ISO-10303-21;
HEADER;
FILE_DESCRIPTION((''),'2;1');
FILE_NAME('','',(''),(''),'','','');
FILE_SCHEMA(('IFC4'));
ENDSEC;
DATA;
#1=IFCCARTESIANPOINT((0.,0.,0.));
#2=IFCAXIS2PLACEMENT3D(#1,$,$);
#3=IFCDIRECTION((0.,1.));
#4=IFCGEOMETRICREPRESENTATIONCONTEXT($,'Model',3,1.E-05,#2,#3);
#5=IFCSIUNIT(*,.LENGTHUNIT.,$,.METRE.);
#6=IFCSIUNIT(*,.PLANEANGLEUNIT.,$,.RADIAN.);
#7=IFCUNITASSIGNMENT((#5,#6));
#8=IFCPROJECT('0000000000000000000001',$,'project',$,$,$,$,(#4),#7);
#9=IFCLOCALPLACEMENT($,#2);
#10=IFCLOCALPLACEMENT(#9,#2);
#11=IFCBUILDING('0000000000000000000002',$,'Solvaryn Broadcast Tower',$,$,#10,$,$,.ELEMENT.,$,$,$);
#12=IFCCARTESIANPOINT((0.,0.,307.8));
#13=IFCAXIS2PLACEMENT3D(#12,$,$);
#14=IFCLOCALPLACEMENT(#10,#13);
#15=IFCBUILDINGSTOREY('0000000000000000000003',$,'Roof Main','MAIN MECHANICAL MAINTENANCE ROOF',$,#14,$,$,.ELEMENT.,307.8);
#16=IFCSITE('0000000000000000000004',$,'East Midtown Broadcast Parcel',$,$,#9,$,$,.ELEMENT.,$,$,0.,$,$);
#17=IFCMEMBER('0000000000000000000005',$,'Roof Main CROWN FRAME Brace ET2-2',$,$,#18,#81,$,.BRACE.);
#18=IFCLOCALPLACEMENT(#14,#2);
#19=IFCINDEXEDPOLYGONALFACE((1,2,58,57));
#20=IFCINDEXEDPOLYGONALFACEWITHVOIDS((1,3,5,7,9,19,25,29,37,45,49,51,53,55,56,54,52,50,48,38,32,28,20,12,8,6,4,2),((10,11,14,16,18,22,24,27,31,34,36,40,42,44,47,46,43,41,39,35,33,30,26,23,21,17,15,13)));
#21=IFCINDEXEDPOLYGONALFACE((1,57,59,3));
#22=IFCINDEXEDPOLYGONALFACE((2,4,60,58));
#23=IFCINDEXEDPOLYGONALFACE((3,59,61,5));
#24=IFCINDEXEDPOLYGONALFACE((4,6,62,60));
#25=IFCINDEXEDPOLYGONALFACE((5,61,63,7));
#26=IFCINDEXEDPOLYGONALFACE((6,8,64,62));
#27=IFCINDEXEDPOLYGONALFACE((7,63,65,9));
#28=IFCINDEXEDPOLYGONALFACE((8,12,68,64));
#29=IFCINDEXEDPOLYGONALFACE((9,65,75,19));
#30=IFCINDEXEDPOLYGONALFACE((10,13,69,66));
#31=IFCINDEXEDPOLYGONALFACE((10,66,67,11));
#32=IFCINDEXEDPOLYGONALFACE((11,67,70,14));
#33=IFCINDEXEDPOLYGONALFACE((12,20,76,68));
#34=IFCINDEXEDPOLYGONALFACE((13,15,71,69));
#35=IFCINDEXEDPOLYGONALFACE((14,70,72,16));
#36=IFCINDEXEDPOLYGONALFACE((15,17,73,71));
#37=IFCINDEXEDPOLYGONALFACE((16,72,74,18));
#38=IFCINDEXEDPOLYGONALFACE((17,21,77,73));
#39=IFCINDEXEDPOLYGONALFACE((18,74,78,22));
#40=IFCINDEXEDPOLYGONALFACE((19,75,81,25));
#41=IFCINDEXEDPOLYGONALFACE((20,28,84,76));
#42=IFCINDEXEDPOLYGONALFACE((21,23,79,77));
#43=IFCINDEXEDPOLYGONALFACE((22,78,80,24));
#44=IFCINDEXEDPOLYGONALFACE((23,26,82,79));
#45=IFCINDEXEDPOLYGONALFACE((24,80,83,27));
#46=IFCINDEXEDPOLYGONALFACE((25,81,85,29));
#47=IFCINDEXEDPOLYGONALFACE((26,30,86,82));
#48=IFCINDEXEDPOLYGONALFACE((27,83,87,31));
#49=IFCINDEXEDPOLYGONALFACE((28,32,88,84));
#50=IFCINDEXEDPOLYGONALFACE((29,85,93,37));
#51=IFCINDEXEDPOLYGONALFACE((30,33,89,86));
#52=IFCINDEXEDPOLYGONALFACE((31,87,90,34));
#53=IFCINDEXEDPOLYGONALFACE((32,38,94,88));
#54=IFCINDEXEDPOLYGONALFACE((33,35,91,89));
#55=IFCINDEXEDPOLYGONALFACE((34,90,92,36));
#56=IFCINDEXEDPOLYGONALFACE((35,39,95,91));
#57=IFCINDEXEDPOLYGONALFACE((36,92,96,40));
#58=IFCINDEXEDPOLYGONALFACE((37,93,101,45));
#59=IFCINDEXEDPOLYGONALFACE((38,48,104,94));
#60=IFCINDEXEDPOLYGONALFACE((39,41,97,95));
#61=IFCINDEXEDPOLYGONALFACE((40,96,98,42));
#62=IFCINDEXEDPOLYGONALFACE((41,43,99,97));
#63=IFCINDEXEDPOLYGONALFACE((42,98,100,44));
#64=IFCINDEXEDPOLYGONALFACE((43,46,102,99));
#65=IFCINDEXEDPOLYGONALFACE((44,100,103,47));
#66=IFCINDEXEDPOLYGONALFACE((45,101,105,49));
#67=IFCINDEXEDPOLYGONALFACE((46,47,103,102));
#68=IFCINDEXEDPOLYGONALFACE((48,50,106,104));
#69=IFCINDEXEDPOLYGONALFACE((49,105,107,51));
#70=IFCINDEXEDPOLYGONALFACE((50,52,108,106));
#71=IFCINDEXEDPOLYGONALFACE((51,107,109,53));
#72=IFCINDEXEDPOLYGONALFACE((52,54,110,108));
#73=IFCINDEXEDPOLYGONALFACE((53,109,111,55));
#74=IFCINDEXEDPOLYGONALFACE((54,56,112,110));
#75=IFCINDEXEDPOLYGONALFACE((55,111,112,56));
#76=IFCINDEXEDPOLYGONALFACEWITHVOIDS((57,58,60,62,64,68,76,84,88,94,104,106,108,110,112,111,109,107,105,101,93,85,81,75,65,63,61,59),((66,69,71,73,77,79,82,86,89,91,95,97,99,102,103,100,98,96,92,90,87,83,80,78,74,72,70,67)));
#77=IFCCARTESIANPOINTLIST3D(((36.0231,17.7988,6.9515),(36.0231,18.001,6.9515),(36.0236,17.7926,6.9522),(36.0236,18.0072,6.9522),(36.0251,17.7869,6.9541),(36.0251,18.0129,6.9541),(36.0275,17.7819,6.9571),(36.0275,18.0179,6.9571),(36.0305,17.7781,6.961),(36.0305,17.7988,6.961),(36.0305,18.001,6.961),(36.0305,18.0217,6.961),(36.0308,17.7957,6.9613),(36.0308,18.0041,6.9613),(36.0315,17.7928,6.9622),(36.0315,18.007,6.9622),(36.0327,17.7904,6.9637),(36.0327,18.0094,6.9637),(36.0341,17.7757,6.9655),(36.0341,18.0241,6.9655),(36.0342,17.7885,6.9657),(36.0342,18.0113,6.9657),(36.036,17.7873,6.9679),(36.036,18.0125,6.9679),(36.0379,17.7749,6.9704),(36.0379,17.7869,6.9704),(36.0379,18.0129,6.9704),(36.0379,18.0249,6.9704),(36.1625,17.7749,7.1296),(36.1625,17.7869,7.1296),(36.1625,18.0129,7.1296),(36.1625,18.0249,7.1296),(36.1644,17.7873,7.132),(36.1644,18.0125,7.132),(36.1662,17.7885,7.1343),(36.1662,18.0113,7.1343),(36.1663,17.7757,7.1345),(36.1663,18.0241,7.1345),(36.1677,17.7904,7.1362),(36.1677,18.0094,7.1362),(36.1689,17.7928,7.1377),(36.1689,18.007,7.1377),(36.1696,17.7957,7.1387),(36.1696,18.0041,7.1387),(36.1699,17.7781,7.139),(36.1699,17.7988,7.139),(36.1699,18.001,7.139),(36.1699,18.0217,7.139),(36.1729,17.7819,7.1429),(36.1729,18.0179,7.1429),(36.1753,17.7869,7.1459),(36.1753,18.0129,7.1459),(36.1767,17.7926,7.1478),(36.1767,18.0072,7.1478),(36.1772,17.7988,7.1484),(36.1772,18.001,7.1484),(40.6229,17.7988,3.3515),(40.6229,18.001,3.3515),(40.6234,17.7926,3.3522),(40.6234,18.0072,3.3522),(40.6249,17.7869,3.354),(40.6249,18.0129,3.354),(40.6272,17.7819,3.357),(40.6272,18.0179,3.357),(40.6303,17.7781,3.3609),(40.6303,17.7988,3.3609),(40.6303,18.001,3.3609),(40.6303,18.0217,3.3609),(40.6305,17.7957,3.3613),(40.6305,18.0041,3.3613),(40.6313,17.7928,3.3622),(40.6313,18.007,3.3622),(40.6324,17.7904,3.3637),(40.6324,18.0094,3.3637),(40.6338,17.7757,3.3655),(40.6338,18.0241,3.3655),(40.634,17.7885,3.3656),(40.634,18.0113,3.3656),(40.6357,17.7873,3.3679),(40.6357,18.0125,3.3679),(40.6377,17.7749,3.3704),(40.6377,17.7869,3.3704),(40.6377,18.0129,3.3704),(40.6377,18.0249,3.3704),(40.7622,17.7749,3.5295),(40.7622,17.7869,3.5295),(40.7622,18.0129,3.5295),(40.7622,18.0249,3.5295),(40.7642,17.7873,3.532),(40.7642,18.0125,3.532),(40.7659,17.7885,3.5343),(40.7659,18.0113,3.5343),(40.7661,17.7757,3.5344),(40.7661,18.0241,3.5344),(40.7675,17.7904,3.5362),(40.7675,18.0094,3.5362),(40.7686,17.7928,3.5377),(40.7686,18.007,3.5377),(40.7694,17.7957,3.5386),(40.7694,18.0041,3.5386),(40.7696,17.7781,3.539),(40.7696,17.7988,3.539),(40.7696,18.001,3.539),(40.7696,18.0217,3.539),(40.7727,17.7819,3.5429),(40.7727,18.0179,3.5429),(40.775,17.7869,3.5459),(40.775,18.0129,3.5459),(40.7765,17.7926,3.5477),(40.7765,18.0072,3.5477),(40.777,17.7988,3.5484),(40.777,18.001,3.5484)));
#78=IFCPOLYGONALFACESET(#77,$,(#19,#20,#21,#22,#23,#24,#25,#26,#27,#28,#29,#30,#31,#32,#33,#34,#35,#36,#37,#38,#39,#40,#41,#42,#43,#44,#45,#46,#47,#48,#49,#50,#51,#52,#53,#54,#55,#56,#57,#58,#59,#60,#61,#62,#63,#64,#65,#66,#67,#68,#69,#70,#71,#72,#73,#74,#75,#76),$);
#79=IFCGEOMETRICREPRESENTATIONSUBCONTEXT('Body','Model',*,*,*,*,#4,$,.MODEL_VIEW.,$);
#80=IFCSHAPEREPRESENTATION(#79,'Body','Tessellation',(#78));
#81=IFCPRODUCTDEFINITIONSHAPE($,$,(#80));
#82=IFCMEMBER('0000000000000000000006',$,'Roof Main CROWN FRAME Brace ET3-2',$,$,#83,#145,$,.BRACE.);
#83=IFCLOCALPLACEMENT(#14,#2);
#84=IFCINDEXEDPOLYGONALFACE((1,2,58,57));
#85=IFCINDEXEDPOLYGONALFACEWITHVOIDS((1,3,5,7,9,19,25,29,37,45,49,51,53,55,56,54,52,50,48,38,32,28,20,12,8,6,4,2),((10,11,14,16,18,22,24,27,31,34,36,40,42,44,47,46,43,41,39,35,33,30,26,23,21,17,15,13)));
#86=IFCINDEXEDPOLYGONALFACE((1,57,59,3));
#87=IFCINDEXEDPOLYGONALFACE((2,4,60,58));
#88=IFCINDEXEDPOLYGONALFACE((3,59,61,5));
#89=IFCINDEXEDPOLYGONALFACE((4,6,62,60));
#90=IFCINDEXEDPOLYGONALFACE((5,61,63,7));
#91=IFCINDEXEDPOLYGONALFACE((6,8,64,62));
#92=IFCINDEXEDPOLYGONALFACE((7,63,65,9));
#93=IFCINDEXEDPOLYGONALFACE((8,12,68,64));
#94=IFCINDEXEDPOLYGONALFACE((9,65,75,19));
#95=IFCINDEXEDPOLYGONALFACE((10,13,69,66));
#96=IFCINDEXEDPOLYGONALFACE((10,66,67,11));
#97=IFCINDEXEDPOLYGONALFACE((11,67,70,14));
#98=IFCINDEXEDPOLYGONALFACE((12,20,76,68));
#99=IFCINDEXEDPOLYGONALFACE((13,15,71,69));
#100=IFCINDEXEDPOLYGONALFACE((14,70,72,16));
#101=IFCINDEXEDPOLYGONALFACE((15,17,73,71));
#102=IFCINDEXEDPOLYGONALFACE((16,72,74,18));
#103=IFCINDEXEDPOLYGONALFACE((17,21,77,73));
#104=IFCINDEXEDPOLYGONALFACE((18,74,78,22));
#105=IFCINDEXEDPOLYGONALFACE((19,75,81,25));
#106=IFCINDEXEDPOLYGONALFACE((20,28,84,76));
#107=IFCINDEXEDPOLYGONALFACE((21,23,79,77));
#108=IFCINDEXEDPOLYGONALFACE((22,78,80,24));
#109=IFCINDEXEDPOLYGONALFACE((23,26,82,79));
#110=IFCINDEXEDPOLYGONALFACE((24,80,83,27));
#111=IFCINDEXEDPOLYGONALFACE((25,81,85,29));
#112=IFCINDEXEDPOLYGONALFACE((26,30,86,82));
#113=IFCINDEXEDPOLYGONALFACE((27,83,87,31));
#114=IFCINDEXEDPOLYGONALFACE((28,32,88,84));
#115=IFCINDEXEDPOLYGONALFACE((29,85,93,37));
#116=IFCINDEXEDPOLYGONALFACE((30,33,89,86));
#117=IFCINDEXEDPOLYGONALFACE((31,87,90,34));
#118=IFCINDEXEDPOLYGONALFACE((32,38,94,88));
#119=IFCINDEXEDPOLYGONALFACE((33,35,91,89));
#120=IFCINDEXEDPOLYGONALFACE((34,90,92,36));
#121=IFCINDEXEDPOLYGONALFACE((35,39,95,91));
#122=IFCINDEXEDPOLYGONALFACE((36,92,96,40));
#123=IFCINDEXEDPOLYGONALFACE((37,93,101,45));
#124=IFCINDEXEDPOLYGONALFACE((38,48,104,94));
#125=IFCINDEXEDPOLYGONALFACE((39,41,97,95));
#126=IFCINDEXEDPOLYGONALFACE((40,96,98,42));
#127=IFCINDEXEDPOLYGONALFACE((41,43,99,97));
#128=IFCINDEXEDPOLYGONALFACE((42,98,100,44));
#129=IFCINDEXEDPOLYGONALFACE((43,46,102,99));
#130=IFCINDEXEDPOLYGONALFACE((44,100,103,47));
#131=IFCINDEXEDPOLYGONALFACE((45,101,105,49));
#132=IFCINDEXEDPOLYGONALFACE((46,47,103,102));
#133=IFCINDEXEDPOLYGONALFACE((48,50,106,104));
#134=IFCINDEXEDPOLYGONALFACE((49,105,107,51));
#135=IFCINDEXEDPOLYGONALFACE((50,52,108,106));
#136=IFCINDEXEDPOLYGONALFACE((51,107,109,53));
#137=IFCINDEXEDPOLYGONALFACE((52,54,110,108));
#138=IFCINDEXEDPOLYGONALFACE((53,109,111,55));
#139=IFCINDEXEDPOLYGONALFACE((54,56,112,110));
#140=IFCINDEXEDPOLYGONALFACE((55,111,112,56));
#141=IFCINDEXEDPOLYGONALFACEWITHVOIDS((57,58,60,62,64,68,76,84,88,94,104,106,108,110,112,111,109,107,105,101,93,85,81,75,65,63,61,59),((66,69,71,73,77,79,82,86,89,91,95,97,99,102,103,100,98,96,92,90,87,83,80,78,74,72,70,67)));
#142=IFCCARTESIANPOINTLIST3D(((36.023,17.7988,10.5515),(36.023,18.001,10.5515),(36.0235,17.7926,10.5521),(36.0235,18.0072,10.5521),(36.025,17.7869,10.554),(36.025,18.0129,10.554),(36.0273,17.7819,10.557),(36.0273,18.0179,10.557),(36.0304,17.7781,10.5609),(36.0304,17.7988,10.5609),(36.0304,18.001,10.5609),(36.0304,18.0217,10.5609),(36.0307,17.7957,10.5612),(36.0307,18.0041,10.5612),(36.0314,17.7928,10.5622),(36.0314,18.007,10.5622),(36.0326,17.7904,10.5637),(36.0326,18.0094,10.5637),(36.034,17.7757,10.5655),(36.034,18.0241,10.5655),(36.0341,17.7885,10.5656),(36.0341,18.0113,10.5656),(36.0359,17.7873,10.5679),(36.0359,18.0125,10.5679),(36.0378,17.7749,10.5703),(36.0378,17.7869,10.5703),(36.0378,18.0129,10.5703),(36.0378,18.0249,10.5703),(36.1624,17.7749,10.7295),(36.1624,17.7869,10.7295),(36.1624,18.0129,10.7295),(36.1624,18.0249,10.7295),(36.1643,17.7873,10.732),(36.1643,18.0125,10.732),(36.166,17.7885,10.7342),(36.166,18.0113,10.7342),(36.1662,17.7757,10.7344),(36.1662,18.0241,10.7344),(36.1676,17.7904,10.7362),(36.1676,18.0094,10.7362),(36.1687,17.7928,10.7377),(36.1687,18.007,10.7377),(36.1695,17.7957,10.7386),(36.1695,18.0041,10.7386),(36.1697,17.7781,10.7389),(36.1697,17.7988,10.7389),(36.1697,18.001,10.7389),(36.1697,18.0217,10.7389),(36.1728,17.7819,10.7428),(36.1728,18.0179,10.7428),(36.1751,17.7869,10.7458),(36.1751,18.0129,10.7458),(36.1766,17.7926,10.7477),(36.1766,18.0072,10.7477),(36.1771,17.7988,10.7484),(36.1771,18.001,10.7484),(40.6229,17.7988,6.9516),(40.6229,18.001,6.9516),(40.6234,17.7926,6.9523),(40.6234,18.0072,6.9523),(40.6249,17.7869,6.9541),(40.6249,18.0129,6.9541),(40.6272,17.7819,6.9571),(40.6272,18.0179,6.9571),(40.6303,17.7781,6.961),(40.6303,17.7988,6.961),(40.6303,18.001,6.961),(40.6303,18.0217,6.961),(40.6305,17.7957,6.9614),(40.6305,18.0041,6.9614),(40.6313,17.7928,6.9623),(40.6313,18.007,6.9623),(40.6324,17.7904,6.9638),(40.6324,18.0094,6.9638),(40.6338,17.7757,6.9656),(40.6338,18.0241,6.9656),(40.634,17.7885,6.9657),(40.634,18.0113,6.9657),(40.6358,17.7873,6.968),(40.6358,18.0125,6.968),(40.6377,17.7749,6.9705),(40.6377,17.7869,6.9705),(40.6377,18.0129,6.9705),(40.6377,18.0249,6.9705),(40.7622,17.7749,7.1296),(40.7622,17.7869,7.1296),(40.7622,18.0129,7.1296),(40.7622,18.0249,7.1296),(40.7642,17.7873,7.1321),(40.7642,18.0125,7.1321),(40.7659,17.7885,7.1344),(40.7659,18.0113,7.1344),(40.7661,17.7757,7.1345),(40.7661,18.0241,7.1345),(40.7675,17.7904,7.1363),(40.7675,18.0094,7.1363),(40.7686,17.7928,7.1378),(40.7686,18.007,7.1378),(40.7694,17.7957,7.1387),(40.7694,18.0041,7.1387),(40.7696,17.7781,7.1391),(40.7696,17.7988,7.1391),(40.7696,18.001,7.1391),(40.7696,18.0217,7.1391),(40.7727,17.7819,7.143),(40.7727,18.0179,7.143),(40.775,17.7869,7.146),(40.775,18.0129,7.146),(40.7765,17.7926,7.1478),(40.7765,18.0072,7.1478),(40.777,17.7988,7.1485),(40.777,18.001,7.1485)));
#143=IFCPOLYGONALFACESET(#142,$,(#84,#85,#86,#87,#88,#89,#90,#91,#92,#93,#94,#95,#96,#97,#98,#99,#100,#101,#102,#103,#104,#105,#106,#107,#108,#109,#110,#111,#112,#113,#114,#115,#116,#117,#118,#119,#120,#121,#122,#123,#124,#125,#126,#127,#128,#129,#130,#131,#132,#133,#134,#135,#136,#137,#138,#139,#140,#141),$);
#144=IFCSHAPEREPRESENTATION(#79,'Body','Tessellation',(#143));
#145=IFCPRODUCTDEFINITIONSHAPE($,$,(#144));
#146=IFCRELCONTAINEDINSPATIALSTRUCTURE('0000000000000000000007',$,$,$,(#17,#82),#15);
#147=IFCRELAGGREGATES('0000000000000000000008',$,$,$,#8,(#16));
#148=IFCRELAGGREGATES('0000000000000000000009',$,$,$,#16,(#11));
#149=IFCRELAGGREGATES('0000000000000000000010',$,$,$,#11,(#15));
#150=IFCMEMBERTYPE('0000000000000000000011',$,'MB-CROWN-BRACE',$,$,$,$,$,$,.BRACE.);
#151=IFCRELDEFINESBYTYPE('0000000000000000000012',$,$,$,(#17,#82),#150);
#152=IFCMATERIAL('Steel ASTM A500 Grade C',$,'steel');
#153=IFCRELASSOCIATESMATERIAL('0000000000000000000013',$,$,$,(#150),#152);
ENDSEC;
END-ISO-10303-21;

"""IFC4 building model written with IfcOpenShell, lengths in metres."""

from ifc_helpers import new_model, si_unit, direction, frame, origin, origin_2d, place, context, subcontext, project, spatial, hollow_rectangle, extrude, material, material_profile, profile_set, type_object, element, save


model = new_model("IFC4")

# Units and contexts
model_context = context("Model", 3, precision=1e-05, world=origin(), true_north=direction((0.0, 1.0)))
body_context = subcontext(model_context, "Body", "Model", "MODEL_VIEW")
ifc_project = project(units=[si_unit("LENGTHUNIT", "METRE"), si_unit("PLANEANGLEUNIT", "RADIAN")], contexts=[model_context])

# Site, building, storey
site_placement = place(None, origin())
site = spatial("IfcSite", under=ifc_project, at=site_placement, Name="East Midtown Broadcast Parcel", CompositionType="ELEMENT", RefElevation=0.0)
building_placement = place(site_placement, origin())
building = spatial("IfcBuilding", under=site, at=building_placement, Name="Solvaryn Broadcast Tower", CompositionType="ELEMENT")
storey_placement = place(building_placement, frame((0.0, 0.0, 307.8)))
storey = spatial("IfcBuildingStorey", under=building, at=storey_placement, Name="Roof Main", Description="MAIN MECHANICAL MAINTENANCE ROOF", CompositionType="ELEMENT", Elevation=307.8)

# Members
ifc_material_1 = material(Name="Steel ASTM A500 Grade C", Category="steel")
ifc_material_profile_1 = material_profile(ifc_material_1, hollow_rectangle(XDim=0.25, YDim=0.25, WallThickness=0.012, InnerFilletRadius=0.012, OuterFilletRadius=0.0239, at=origin_2d()))
ifc_profile_set_1 = profile_set([ifc_material_profile_1], Name="Steel ASTM A500 Grade C")
member_type_1 = type_object("IfcMemberType", Name="MB-CROWN-BRACE", PredefinedType="BRACE", material=ifc_profile_set_1)
for number, where, z_axis, x_axis, name in (
    (1, (40.7, 17.8999, 3.45), (-0.787487, 0.0, 0.616331), (0.0, -1.0, 0.0), "Roof Main CROWN FRAME Brace ET2-2"),
    (2, (40.7, 17.8999, 7.05), (-0.787508, 0.0, 0.616305), (0.0, -1.0, 0.0), "Roof Main CROWN FRAME Brace ET3-2"),
):
    element("IfcMember", number, at=place(storey_placement, frame(where, z_axis=z_axis, x_axis=x_axis)), inside=storey, type_object=member_type_1, Name=name, PredefinedType="BRACE", context=body_context, shape_type="SweptSolid", body=[
        extrude(hollow_rectangle(XDim=0.25, YDim=0.25, WallThickness=0.012, InnerFilletRadius=0.012, OuterFilletRadius=0.0239, at=origin_2d()), origin(), (0.0, 0.0, 1.0), 5.8411),
    ])

save(model, "model.ifc")
